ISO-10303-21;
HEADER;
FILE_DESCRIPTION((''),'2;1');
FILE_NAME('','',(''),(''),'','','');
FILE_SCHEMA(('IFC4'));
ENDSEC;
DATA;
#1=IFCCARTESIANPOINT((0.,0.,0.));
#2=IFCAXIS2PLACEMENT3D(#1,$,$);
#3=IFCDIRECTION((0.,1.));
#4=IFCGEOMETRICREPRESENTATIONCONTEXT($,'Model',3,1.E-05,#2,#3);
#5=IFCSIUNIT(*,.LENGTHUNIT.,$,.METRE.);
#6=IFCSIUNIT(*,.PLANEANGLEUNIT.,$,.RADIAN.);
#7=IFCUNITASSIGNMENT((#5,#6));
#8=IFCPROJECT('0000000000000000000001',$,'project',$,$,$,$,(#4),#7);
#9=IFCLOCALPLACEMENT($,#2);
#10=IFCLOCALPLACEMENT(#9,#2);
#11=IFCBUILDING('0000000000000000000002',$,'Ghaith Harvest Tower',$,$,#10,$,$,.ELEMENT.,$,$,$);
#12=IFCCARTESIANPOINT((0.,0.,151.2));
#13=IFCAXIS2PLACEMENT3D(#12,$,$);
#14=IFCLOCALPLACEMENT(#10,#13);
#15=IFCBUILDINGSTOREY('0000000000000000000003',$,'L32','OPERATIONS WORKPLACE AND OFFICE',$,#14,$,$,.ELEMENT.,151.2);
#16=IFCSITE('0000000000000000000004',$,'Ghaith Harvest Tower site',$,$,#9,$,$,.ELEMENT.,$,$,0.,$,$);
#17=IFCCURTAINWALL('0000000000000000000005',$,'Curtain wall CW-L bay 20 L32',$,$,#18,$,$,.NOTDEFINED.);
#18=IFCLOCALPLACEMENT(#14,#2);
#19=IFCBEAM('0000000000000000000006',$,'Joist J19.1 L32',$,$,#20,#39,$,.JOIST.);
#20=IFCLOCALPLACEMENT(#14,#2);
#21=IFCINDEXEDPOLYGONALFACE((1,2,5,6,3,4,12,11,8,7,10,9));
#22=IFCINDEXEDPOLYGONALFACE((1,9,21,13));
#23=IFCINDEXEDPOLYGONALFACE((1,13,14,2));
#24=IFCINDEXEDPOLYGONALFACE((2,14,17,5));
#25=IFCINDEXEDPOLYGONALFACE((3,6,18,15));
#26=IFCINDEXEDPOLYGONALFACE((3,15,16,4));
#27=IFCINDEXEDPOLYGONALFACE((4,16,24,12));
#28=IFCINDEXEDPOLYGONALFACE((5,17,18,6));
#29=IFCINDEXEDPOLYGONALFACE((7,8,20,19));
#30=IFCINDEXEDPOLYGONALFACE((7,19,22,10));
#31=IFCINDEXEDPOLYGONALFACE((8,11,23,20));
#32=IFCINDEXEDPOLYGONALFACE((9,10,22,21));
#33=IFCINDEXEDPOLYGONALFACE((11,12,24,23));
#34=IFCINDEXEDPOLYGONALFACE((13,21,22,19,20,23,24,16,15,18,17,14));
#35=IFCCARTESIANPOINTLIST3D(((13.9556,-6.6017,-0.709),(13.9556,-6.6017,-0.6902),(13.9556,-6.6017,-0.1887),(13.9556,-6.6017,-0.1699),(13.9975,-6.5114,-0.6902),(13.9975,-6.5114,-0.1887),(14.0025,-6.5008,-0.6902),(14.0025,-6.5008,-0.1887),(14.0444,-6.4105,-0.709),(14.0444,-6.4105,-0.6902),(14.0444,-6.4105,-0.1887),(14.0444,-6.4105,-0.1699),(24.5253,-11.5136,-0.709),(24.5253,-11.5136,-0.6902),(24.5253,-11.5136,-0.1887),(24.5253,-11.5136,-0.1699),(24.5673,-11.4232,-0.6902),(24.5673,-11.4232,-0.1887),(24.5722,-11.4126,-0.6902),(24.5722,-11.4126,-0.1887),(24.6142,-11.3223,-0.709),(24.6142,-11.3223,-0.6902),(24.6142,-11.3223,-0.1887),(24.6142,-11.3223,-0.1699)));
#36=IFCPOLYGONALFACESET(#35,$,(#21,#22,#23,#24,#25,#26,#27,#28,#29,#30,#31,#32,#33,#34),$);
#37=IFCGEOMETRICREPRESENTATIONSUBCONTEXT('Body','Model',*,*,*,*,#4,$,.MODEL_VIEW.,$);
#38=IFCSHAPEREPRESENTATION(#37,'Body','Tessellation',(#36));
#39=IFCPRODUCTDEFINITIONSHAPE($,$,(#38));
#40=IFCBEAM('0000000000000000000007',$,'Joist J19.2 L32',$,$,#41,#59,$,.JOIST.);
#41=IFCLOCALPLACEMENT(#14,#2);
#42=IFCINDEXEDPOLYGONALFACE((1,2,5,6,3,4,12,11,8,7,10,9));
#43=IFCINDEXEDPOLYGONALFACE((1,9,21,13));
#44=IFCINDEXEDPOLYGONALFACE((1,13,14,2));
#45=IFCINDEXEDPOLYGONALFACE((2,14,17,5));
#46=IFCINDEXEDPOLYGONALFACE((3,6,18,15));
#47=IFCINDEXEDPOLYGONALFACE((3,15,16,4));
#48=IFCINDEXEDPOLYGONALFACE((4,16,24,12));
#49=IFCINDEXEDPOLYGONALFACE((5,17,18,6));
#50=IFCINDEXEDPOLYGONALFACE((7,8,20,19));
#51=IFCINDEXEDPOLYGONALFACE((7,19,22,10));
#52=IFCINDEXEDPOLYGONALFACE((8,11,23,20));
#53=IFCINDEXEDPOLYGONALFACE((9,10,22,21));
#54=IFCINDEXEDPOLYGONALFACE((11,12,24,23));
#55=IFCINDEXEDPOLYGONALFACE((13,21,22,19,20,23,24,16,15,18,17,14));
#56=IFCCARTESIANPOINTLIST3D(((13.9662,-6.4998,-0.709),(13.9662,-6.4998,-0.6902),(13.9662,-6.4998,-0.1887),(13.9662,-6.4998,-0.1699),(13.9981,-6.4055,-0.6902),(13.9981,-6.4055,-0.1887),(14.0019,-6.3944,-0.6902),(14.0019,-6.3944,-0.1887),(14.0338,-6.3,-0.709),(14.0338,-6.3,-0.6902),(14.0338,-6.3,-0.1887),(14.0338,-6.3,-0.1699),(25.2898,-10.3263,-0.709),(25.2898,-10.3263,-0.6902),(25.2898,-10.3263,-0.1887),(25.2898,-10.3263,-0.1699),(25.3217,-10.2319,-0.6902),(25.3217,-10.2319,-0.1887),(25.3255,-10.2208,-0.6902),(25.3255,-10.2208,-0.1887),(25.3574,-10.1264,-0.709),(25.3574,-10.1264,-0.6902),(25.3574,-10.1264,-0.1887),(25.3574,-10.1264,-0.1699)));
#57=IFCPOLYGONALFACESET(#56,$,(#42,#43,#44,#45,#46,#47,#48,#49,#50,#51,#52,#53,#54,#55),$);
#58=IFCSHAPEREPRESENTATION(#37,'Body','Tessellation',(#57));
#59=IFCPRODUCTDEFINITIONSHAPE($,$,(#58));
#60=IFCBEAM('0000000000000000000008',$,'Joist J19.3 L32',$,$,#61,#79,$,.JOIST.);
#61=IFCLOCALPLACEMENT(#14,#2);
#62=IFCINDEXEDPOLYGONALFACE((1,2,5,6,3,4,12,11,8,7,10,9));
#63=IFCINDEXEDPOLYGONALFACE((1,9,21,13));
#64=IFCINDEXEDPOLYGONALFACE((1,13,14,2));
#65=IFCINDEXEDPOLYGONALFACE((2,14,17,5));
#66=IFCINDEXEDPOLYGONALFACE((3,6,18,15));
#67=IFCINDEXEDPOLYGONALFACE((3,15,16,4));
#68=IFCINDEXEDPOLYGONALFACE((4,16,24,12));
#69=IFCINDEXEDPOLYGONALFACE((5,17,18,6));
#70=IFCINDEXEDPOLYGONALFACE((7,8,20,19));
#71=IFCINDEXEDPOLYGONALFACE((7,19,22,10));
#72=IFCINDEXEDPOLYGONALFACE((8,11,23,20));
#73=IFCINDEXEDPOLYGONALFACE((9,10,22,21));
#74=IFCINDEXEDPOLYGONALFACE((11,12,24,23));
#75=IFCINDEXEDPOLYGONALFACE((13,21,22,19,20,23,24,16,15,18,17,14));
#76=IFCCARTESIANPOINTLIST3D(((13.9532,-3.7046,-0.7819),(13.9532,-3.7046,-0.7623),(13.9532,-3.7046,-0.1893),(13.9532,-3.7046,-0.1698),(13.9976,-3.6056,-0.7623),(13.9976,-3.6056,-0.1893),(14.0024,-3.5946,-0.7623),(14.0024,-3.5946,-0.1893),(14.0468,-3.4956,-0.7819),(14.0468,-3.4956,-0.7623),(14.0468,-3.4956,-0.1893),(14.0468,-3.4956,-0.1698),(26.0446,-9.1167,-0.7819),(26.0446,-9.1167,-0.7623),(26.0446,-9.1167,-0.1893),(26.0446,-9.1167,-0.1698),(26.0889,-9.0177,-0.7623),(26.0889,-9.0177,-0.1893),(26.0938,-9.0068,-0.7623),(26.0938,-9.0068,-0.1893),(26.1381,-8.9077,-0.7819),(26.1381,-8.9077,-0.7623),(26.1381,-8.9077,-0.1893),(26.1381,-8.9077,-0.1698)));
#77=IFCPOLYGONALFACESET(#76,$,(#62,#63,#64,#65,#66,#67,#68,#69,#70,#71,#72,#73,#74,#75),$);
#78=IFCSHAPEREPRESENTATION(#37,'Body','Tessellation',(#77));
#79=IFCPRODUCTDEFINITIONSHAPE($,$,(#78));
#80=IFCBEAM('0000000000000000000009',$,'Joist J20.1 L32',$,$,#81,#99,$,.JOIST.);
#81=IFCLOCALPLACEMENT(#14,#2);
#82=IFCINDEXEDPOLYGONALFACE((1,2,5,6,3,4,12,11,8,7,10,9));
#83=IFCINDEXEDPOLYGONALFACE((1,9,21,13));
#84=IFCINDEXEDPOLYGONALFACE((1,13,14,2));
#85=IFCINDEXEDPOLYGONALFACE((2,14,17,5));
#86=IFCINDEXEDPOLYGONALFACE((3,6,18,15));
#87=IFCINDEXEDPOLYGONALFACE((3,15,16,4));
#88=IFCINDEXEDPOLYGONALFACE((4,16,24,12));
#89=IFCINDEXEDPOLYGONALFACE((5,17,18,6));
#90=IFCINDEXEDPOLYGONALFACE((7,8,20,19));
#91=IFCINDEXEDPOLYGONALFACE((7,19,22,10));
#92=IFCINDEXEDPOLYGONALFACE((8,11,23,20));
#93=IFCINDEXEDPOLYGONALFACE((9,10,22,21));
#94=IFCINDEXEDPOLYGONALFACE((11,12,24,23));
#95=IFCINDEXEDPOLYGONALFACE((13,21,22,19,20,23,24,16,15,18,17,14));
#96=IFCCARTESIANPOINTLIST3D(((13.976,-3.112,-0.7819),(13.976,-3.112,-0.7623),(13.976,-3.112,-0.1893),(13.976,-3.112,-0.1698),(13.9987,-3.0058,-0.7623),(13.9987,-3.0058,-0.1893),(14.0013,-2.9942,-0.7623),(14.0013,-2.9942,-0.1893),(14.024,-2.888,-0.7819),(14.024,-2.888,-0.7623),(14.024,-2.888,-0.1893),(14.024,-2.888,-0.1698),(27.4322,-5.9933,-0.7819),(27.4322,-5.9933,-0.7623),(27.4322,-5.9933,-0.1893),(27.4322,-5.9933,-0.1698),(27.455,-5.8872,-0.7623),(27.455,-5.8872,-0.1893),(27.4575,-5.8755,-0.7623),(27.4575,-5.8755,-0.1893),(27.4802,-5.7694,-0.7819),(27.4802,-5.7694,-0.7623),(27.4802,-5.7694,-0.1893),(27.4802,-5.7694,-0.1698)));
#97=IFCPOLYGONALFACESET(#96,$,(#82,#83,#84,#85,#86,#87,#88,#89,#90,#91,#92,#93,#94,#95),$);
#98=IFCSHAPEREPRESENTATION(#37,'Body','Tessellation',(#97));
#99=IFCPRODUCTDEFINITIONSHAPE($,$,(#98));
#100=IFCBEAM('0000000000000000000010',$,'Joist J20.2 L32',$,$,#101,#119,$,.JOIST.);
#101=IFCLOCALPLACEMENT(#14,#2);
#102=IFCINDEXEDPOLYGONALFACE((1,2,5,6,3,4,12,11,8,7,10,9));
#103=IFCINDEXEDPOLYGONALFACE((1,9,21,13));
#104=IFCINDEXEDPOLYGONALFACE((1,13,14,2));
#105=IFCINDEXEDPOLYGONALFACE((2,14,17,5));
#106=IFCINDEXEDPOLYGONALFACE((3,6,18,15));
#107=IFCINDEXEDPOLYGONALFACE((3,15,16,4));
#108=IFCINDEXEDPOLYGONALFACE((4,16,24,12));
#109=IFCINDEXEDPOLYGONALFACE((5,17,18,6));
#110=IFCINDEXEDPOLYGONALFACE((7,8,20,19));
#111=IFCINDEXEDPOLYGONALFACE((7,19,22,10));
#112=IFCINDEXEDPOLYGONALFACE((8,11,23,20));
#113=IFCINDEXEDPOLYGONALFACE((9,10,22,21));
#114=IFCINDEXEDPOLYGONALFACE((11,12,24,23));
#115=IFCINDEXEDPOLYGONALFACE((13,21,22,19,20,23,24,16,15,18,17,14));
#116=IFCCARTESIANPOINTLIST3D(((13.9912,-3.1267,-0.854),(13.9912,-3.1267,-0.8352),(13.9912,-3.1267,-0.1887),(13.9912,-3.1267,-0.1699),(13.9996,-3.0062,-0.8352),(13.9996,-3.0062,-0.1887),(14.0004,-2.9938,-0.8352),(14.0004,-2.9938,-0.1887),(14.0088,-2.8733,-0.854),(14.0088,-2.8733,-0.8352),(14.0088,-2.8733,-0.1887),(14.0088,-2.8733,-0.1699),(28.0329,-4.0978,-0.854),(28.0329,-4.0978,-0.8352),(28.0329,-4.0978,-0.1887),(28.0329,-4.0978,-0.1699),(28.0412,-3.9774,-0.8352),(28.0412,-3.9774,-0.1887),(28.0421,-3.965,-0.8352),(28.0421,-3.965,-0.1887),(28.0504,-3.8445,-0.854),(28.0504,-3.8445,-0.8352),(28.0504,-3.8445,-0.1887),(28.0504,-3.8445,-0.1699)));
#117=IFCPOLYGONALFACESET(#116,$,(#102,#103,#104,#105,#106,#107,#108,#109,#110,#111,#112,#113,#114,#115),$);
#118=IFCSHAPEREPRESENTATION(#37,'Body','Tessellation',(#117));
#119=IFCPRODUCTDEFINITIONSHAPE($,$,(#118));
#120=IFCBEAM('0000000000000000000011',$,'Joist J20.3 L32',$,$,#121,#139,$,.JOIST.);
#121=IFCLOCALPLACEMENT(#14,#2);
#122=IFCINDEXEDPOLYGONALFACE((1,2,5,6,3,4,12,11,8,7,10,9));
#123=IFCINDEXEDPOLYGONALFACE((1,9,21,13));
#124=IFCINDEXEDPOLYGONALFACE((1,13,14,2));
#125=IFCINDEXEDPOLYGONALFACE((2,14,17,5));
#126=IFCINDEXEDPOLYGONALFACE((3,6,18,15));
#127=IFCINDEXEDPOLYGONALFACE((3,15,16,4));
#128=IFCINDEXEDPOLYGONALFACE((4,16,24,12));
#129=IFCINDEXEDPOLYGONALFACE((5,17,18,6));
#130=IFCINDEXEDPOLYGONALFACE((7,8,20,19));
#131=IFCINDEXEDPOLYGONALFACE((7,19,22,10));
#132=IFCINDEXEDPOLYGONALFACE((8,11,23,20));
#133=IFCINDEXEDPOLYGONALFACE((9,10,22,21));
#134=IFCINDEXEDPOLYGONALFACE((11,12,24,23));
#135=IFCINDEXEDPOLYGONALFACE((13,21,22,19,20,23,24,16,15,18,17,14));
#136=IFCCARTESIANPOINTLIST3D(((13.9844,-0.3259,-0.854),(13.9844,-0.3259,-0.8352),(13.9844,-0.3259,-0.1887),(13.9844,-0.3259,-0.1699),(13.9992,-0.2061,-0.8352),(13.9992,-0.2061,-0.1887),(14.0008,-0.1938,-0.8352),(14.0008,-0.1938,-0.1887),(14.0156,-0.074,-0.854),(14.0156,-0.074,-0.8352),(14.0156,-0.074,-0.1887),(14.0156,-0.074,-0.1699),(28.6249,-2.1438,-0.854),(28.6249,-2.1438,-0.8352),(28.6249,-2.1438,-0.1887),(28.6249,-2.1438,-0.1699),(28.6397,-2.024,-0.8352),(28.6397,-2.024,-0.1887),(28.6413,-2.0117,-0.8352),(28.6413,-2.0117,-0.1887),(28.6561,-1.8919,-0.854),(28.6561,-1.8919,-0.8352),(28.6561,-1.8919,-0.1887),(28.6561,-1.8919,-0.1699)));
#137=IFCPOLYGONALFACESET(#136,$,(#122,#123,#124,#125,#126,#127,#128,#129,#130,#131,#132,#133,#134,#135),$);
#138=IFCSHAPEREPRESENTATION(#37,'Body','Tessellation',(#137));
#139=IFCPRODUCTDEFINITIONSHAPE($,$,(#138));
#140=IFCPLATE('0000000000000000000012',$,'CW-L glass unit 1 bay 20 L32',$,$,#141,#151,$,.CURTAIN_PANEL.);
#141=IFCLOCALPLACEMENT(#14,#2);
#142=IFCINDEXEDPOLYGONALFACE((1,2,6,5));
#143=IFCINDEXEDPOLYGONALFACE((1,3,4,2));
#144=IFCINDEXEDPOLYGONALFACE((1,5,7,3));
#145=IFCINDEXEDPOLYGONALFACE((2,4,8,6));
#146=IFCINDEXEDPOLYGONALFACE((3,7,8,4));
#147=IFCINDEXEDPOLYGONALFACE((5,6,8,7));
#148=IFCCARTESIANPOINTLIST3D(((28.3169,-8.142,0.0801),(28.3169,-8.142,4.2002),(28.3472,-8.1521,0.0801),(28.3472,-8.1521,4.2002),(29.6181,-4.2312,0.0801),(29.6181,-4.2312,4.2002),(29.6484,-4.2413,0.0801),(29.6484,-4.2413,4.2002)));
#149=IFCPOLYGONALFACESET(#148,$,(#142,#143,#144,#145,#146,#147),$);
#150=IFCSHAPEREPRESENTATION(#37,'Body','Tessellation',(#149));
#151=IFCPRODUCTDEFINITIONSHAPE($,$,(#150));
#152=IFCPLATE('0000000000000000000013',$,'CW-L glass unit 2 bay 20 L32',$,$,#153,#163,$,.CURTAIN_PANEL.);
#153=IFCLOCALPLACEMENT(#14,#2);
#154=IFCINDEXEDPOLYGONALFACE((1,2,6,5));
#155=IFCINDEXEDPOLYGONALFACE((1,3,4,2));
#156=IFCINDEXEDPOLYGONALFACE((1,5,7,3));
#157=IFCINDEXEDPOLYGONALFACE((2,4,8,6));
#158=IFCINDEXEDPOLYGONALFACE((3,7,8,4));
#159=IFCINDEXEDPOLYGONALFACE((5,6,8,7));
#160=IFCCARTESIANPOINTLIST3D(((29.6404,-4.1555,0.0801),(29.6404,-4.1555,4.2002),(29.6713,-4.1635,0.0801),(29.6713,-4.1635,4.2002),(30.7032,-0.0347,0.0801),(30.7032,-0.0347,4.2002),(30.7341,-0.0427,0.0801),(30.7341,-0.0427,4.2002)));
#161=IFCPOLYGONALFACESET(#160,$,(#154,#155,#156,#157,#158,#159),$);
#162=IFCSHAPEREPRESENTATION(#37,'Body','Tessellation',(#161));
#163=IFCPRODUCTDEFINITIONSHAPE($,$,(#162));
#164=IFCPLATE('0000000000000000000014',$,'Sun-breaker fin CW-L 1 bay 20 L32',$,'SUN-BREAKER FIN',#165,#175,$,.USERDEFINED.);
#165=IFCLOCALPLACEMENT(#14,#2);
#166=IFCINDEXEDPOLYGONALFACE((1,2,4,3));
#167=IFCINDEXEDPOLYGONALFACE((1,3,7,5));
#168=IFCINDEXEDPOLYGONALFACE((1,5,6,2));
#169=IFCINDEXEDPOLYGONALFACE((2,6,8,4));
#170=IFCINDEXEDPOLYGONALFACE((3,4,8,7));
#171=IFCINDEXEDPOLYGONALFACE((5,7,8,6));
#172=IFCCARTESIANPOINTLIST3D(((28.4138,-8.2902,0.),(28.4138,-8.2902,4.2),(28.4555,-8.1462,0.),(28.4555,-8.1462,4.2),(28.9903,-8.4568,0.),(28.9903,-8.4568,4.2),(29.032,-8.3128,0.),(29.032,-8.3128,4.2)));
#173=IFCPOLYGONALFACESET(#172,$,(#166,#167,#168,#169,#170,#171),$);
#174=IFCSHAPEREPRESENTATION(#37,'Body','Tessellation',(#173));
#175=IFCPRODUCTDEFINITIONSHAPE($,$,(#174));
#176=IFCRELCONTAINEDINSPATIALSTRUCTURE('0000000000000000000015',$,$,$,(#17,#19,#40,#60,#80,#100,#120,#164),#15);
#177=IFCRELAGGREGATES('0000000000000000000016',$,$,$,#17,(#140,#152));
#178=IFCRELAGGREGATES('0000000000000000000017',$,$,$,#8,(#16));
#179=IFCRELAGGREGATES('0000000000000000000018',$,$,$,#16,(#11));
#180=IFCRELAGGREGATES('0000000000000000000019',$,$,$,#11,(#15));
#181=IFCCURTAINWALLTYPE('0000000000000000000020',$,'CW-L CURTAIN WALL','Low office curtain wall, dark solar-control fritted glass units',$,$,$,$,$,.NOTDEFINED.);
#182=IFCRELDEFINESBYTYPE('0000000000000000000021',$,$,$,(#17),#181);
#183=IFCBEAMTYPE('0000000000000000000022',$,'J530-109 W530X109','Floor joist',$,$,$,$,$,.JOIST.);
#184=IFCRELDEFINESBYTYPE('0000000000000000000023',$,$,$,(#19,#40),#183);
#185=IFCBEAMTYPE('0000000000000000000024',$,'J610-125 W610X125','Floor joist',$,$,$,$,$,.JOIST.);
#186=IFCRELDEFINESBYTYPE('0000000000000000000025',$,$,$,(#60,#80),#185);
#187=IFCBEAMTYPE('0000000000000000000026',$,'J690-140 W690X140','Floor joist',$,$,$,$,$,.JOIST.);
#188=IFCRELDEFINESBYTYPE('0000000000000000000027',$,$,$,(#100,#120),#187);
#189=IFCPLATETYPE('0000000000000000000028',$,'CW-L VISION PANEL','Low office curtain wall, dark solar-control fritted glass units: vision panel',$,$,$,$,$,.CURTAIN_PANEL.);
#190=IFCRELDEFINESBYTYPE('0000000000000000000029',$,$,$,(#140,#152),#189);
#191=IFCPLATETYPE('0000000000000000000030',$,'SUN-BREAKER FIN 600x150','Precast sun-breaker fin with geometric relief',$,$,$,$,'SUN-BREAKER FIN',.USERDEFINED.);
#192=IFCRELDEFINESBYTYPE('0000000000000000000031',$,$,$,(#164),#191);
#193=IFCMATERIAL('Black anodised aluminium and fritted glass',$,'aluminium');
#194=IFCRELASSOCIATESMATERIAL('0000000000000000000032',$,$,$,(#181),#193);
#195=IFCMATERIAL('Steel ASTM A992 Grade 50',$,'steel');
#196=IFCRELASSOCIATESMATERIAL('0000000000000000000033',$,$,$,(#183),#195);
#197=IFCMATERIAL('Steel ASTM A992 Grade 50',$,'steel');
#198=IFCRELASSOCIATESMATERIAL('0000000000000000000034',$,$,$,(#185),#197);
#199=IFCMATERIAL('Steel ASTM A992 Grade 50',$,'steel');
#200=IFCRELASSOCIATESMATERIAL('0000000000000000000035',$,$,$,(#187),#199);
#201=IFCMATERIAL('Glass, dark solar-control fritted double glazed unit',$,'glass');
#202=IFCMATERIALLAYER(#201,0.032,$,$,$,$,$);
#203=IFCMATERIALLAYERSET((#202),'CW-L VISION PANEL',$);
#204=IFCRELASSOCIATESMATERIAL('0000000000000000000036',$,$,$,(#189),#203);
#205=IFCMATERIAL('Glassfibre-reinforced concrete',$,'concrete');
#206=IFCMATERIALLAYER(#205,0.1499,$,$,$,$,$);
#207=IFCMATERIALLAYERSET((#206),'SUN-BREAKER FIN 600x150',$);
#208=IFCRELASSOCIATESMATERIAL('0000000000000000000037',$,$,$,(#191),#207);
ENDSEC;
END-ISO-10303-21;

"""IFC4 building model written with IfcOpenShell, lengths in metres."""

from ifc_helpers import new_model, si_unit, direction, frame, origin, origin_2d, place, context, subcontext, project, spatial, rectangle, i_section, extrude, material, layer, layer_set, material_profile, profile_set, type_object, element, aggregate, save


model = new_model("IFC4")

# Units and contexts
model_context = context("Model", 3, precision=1e-05, world=origin(), true_north=direction((0.0, 1.0)))
body_context = subcontext(model_context, "Body", "Model", "MODEL_VIEW")
ifc_project = project(units=[si_unit("LENGTHUNIT", "METRE"), si_unit("PLANEANGLEUNIT", "RADIAN")], contexts=[model_context])

# Site, building, storey
site_placement = place(None, origin())
site = spatial("IfcSite", under=ifc_project, at=site_placement, Name="Ghaith Harvest Tower site", CompositionType="ELEMENT", RefElevation=0.0)
building_placement = place(site_placement, origin())
building = spatial("IfcBuilding", under=site, at=building_placement, Name="Ghaith Harvest Tower", CompositionType="ELEMENT")
storey_placement = place(building_placement, frame((0.0, 0.0, 151.2)))
storey = spatial("IfcBuildingStorey", under=building, at=storey_placement, Name="L32", Description="OPERATIONS WORKPLACE AND OFFICE", CompositionType="ELEMENT", Elevation=151.2)

# Curtain wall
ifc_material_1 = material(Name="Black anodised aluminium and fritted glass", Category="aluminium")
curtain_wall_type = type_object("IfcCurtainWallType", Name="CW-L CURTAIN WALL", Description="Low office curtain wall, dark solar-control fritted glass units", PredefinedType="NOTDEFINED", material=ifc_material_1)
curtain_wall_placement = place(storey_placement, origin())
curtain_wall = element("IfcCurtainWall", 1, at=curtain_wall_placement, inside=storey, type_object=curtain_wall_type, Name="Curtain wall CW-L bay 20 L32", PredefinedType="NOTDEFINED")

# Beams
ifc_material_2 = material(Name="Steel ASTM A992 Grade 50", Category="steel")
ifc_material_profile_1 = material_profile(ifc_material_2, i_section(OverallWidth=0.2109, OverallDepth=0.5391, WebThickness=0.0117, FlangeThickness=0.0188, at=origin_2d()), Name="W530X109")
ifc_profile_set_1 = profile_set([ifc_material_profile_1], Name="Steel ASTM A992 Grade 50")
beam_type_1 = type_object("IfcBeamType", Name="J530-109 W530X109", Description="Floor joist", PredefinedType="JOIST", material=ifc_profile_set_1)
beam_1_placement = place(storey_placement, frame((14.0, -6.5061, -0.4395), z_axis=(0.906863, -0.421425, 0.0), x_axis=(0.421425, 0.906863, 0.0)))
element("IfcBeam", 2, at=beam_1_placement, inside=storey, type_object=beam_type_1, Name="Joist J19.1 L32", PredefinedType="JOIST", context=body_context, shape_type="SweptSolid", body=[
    extrude(i_section(OverallWidth=0.2109, OverallDepth=0.5391, WebThickness=0.0117, FlangeThickness=0.0188, at=origin_2d()), origin(), (0.0, 0.0, 1.0), 11.6553),
])
beam_2_placement = place(storey_placement, frame((14.0, -6.3999, -0.4395), z_axis=(0.947372, -0.320135, 0.0), x_axis=(0.320135, 0.947372, 0.0)))
element("IfcBeam", 3, at=beam_2_placement, inside=storey, type_object=beam_type_1, Name="Joist J19.2 L32", PredefinedType="JOIST", context=body_context, shape_type="SweptSolid", body=[
    extrude(i_section(OverallWidth=0.2109, OverallDepth=0.5391, WebThickness=0.0117, FlangeThickness=0.0188, at=origin_2d()), origin(), (0.0, 0.0, 1.0), 11.9526),
])
ifc_material_3 = material(Name="Steel ASTM A992 Grade 50", Category="steel")
ifc_material_profile_2 = material_profile(ifc_material_3, i_section(OverallWidth=0.229, OverallDepth=0.6121, WebThickness=0.012, FlangeThickness=0.0195, at=origin_2d()), Name="W610X125")
ifc_profile_set_2 = profile_set([ifc_material_profile_2], Name="Steel ASTM A992 Grade 50")
beam_type_2 = type_object("IfcBeamType", Name="J610-125 W610X125", Description="Floor joist", PredefinedType="JOIST", material=ifc_profile_set_2)
beam_3_placement = place(storey_placement, frame((14.0, -3.6001, -0.4758), z_axis=(0.912738, -0.408545, 0.0), x_axis=(0.408545, 0.912738, 0.0)))
element("IfcBeam", 4, at=beam_3_placement, inside=storey, type_object=beam_type_2, Name="Joist J19.3 L32", PredefinedType="JOIST", context=body_context, shape_type="SweptSolid", body=[
    extrude(i_section(OverallWidth=0.229, OverallDepth=0.6121, WebThickness=0.012, FlangeThickness=0.0195, at=origin_2d()), origin(), (0.0, 0.0, 1.0), 13.2473),
])
beam_4_placement = place(storey_placement, frame((14.0, -3.0, -0.4758), z_axis=(0.977834, -0.20938, 0.0), x_axis=(0.20938, 0.977834, 0.0)))
element("IfcBeam", 5, at=beam_4_placement, inside=storey, type_object=beam_type_2, Name="Joist J20.1 L32", PredefinedType="JOIST", context=body_context, shape_type="SweptSolid", body=[
    extrude(i_section(OverallWidth=0.229, OverallDepth=0.6121, WebThickness=0.012, FlangeThickness=0.0195, at=origin_2d()), origin(), (0.0, 0.0, 1.0), 13.7612),
])
ifc_material_4 = material(Name="Steel ASTM A992 Grade 50", Category="steel")
ifc_material_profile_3 = material_profile(ifc_material_4, i_section(OverallWidth=0.2539, OverallDepth=0.6841, WebThickness=0.0125, FlangeThickness=0.0188, at=origin_2d()), Name="W690X140")
ifc_profile_set_3 = profile_set([ifc_material_profile_3], Name="Steel ASTM A992 Grade 50")
beam_type_3 = type_object("IfcBeamType", Name="J690-140 W690X140", Description="Floor joist", PredefinedType="JOIST", material=ifc_profile_set_3)
beam_5_placement = place(storey_placement, frame((14.0, -3.0, -0.512), z_axis=(0.997617, -0.069, 0.0), x_axis=(0.069, 0.997617, 0.0)))
element("IfcBeam", 6, at=beam_5_placement, inside=storey, type_object=beam_type_3, Name="Joist J20.2 L32", PredefinedType="JOIST", context=body_context, shape_type="SweptSolid", body=[
    extrude(i_section(OverallWidth=0.2539, OverallDepth=0.6841, WebThickness=0.0125, FlangeThickness=0.0188, at=origin_2d()), origin(), (0.0, 0.0, 1.0), 14.0752),
])
beam_6_placement = place(storey_placement, frame((14.0, -0.2, -0.512), z_axis=(0.992379, -0.123222, 0.0), x_axis=(0.123222, 0.992379, 0.0)))
element("IfcBeam", 7, at=beam_6_placement, inside=storey, type_object=beam_type_3, Name="Joist J20.3 L32", PredefinedType="JOIST", context=body_context, shape_type="SweptSolid", body=[
    extrude(i_section(OverallWidth=0.2539, OverallDepth=0.6841, WebThickness=0.0125, FlangeThickness=0.0188, at=origin_2d()), origin(), (0.0, 0.0, 1.0), 14.7529),
])

# Plates
ifc_material_5 = material(Name="Glass, dark solar-control fritted double glazed unit", Category="glass")
ifc_layer_1 = layer(ifc_material_5, 0.032)
ifc_layer_set_1 = layer_set([ifc_layer_1], Name="CW-L VISION PANEL")
plate_type_1 = type_object("IfcPlateType", Name="CW-L VISION PANEL", Description="Low office curtain wall, dark solar-control fritted glass units: vision panel", PredefinedType="CURTAIN_PANEL", material=ifc_layer_set_1)
plate_1_placement = place(storey_placement, frame((28.9827, -6.1917, 0.0801), z_axis=(0.0, 0.0, 1.0), x_axis=(0.315708, 0.948856, 0.0)))
plate_1 = element("IfcPlate", 8, at=plate_1_placement, type_object=plate_type_1, Name="CW-L glass unit 1 bay 20 L32", PredefinedType="CURTAIN_PANEL", context=body_context, shape_type="SweptSolid", body=[
    extrude(rectangle(XDim=4.1216, YDim=0.032, at=origin_2d()), origin(), (0.0, 0.0, 1.0), 4.1201),
])
plate_2_placement = place(storey_placement, frame((30.1873, -2.0991, 0.0801), z_axis=(0.0, 0.0, 1.0), x_axis=(0.249744, 0.968312, 0.0)))
plate_2 = element("IfcPlate", 9, at=plate_2_placement, type_object=plate_type_1, Name="CW-L glass unit 2 bay 20 L32", PredefinedType="CURTAIN_PANEL", context=body_context, shape_type="SweptSolid", body=[
    extrude(rectangle(XDim=4.2556, YDim=0.032, at=origin_2d()), origin(), (0.0, 0.0, 1.0), 4.1201),
])
aggregate(curtain_wall, [plate_1, plate_2])
ifc_material_6 = material(Name="Glassfibre-reinforced concrete", Category="concrete")
ifc_layer_2 = layer(ifc_material_6, 0.1499)
ifc_layer_set_2 = layer_set([ifc_layer_2], Name="SUN-BREAKER FIN 600x150")
plate_type_2 = type_object("IfcPlateType", Name="SUN-BREAKER FIN 600x150", Description="Precast sun-breaker fin with geometric relief", ElementType="SUN-BREAKER FIN", PredefinedType="USERDEFINED", material=ifc_layer_set_2)
plate_3_placement = place(storey_placement, frame((28.7229, -8.3015, 0.0), z_axis=(0.0, 0.0, 1.0), x_axis=(0.96068, -0.277657, 0.0)))
element("IfcPlate", 10, at=plate_3_placement, inside=storey, type_object=plate_type_2, Name="Sun-breaker fin CW-L 1 bay 20 L32", ObjectType="SUN-BREAKER FIN", PredefinedType="USERDEFINED", context=body_context, shape_type="SweptSolid", body=[
    extrude(rectangle(XDim=0.6001, YDim=0.1499, at=origin_2d()), origin(), (0.0, 0.0, 1.0), 4.2),
])

save(model, "model.ifc")
